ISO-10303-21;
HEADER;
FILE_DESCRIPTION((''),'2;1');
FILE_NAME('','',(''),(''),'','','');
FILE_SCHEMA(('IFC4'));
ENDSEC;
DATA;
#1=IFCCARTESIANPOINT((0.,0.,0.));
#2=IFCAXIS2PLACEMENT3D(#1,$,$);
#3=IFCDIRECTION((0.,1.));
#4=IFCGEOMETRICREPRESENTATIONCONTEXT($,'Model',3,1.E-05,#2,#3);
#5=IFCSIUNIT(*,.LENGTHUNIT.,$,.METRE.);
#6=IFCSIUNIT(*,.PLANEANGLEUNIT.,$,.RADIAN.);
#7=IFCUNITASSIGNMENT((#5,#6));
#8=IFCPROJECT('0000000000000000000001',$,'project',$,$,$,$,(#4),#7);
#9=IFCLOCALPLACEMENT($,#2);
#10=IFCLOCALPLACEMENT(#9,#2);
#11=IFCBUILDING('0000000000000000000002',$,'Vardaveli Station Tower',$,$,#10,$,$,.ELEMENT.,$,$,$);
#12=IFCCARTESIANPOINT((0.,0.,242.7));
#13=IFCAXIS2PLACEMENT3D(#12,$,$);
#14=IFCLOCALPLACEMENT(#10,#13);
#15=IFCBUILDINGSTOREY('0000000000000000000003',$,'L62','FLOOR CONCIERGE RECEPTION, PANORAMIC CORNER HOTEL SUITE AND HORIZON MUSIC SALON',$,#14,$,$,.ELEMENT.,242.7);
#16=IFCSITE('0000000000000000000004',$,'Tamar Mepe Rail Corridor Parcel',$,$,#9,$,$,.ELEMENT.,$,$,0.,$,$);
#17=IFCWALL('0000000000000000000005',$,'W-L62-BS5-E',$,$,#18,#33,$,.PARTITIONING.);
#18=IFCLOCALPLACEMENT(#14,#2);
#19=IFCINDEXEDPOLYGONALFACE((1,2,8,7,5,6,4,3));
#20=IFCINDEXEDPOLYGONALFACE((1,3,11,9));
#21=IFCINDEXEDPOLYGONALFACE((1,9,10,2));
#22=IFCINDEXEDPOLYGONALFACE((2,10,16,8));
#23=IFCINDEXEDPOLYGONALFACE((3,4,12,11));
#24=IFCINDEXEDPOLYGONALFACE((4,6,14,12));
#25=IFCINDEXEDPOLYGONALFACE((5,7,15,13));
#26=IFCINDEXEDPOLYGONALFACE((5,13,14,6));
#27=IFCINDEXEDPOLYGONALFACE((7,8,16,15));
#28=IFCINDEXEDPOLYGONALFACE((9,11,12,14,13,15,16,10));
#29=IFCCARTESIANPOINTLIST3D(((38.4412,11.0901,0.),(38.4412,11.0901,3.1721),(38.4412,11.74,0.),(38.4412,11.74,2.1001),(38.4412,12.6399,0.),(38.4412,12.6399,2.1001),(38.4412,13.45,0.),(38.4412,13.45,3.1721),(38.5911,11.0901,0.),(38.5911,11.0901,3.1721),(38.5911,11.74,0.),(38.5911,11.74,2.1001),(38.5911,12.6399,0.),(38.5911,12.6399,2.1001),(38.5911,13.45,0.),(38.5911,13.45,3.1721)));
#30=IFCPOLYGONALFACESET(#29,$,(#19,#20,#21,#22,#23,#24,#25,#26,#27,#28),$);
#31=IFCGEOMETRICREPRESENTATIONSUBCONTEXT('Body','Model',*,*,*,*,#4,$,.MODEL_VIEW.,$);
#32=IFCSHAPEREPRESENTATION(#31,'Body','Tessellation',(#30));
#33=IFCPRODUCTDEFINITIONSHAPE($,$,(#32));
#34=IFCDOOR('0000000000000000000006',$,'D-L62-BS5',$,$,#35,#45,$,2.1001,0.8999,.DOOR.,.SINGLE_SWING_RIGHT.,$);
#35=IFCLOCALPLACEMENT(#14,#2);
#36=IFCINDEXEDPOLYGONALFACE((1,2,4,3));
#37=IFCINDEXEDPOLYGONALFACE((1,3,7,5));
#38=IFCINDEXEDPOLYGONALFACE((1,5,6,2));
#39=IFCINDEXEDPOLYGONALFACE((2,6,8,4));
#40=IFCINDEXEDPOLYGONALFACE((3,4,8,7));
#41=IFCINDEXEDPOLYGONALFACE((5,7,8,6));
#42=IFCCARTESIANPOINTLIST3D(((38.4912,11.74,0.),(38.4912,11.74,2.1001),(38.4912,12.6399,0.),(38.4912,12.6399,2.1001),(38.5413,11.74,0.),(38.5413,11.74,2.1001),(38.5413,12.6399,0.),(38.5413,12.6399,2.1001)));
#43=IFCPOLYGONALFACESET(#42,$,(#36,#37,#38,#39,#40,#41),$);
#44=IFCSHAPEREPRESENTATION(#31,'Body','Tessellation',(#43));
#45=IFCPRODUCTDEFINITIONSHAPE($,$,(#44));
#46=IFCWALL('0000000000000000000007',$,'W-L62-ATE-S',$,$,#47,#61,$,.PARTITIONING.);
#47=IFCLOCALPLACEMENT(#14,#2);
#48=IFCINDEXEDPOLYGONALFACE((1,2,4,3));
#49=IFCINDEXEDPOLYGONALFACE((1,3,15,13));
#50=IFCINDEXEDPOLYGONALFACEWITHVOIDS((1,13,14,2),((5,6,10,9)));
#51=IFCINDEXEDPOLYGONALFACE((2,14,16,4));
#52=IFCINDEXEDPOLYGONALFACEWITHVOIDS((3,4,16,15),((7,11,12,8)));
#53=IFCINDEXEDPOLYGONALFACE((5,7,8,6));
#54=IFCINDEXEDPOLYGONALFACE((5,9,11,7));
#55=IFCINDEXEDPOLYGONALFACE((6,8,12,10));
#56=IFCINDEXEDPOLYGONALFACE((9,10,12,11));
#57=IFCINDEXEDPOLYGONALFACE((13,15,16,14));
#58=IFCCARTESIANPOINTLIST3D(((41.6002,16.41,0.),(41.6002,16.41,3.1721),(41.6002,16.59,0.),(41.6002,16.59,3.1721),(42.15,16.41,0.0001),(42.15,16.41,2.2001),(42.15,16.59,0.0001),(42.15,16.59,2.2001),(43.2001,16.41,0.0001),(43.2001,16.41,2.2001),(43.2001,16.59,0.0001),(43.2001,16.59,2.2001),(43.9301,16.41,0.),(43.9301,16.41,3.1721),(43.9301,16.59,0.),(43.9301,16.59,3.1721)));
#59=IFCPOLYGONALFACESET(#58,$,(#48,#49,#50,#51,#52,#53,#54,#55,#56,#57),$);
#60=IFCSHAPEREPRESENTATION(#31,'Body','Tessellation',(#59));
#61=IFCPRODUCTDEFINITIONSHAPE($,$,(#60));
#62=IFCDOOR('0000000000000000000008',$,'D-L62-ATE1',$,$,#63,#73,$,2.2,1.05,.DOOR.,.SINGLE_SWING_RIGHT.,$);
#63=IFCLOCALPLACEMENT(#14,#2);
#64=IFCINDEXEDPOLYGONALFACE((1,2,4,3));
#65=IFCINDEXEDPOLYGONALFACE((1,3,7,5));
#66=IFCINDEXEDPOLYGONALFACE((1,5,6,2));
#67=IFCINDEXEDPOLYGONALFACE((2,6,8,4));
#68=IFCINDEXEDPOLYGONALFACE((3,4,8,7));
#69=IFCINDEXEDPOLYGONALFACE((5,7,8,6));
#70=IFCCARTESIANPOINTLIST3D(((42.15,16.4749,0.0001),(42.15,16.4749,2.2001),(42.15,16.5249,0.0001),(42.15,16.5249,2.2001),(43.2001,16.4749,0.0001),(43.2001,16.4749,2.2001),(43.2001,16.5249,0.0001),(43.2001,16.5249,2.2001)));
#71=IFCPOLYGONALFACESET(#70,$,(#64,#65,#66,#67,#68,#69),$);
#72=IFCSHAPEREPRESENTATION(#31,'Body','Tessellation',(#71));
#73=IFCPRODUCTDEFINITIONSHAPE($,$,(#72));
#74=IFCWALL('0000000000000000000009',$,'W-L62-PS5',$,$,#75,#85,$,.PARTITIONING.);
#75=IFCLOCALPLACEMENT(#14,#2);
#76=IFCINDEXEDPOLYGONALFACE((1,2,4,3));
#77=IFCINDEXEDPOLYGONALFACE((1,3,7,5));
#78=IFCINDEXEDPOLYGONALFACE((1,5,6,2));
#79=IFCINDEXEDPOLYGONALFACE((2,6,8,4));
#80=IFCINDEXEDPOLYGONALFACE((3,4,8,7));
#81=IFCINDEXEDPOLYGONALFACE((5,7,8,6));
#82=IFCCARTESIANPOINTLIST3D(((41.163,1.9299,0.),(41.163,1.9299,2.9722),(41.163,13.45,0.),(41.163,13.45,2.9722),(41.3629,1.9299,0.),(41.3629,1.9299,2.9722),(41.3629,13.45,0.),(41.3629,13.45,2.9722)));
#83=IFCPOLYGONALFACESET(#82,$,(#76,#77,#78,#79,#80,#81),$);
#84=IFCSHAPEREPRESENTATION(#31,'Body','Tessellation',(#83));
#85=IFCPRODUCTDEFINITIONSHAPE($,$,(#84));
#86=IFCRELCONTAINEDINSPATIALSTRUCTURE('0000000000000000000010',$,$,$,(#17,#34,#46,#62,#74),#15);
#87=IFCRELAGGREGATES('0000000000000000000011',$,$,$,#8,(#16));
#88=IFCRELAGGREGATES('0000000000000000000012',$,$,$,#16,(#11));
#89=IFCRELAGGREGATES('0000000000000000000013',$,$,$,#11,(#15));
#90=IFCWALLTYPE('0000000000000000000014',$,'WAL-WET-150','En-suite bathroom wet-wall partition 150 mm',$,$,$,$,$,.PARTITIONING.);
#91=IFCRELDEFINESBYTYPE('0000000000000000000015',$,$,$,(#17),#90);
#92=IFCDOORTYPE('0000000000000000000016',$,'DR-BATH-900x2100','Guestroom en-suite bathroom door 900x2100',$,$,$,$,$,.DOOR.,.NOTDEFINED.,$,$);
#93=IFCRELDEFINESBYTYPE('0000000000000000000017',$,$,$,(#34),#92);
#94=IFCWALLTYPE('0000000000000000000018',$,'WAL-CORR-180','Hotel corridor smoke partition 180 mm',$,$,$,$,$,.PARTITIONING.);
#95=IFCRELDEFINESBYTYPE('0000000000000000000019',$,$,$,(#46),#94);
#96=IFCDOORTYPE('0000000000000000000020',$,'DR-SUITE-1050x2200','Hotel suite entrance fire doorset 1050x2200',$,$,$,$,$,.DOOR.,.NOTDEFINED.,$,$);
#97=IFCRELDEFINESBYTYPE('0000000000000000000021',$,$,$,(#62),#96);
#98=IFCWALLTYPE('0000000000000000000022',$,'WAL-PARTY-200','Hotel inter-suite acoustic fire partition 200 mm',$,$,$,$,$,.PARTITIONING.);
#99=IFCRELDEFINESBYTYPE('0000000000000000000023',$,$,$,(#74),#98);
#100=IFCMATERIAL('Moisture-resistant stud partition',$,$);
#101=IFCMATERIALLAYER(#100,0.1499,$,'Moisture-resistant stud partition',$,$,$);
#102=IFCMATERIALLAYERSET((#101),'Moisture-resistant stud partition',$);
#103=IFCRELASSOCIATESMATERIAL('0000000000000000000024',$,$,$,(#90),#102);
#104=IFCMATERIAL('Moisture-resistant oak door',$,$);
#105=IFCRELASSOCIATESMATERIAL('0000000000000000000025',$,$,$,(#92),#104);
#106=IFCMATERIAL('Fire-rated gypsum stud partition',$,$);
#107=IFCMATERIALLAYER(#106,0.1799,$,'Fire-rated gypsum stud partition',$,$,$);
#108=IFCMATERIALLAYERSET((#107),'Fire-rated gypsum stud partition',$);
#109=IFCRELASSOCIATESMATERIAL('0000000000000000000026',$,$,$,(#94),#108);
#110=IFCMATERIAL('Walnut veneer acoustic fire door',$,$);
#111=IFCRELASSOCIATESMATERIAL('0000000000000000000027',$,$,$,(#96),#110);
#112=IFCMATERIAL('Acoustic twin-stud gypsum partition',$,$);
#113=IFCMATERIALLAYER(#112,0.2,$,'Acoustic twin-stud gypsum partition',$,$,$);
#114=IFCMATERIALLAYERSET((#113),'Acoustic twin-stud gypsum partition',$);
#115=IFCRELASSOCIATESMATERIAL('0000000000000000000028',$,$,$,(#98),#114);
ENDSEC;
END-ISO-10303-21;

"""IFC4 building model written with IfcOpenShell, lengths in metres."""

from ifc_helpers import new_model, si_unit, direction, frame, frame_2d, origin, place, context, subcontext, project, spatial, rectangle, extrude, source, transform, mapped, material, layer, layer_set, type_object, element, fill, save


model = new_model("IFC4")

# Units and contexts
model_context = context("Model", 3, precision=1e-05, world=origin(), true_north=direction((0.0, 1.0)))
body_context = subcontext(model_context, "Body", "Model", "MODEL_VIEW")
ifc_project = project(units=[si_unit("LENGTHUNIT", "METRE"), si_unit("PLANEANGLEUNIT", "RADIAN")], contexts=[model_context])

# Site, building, storey
site_placement = place(None, origin())
site = spatial("IfcSite", under=ifc_project, at=site_placement, Name="Tamar Mepe Rail Corridor Parcel", CompositionType="ELEMENT", RefElevation=0.0)
building_placement = place(site_placement, origin())
building = spatial("IfcBuilding", under=site, at=building_placement, Name="Vardaveli Station Tower", CompositionType="ELEMENT")
storey_placement = place(building_placement, frame((0.0, 0.0, 242.7)))
storey = spatial("IfcBuildingStorey", under=building, at=storey_placement, Name="L62", Description="FLOOR CONCIERGE RECEPTION, PANORAMIC CORNER HOTEL SUITE AND HORIZON MUSIC SALON", CompositionType="ELEMENT", Elevation=242.7)

# Walls, openings, doors
ifc_material_1 = material(Name="Moisture-resistant stud partition")
ifc_layer_1 = layer(ifc_material_1, 0.1499, Name="Moisture-resistant stud partition")
ifc_layer_set_1 = layer_set([ifc_layer_1], Name="Moisture-resistant stud partition")
wall_type_1 = type_object("IfcWallType", Name="WAL-WET-150", Description="En-suite bathroom wet-wall partition 150 mm", PredefinedType="PARTITIONING", material=ifc_layer_set_1)
shared_shape_1 = source(origin(), body_context, "Body", "SweptSolid", [
    extrude(rectangle(XDim=2.3599, YDim=0.1499, at=frame_2d((1.1799, 0.0))), origin(), (0.0, 0.0, 1.0), 3.1721),
])
wall_1_placement = place(storey_placement, frame((38.5161, 11.0901, 0.0), z_axis=(0.0, 0.0, 1.0), x_axis=(0.0, 1.0, 0.0)))
wall_1 = element("IfcWall", 1, at=wall_1_placement, inside=storey, type_object=wall_type_1, Name="W-L62-BS5-E", PredefinedType="PARTITIONING", context=body_context, shape_type="MappedRepresentation", body=[
    mapped(shared_shape_1, transform((0.0, 0.0, 0.0), scale=1.0)),
])
shared_shape_2 = source(origin(), body_context, "Body", "SweptSolid", [
    extrude(rectangle(XDim=0.8999, YDim=2.1001, at=frame_2d((0.45, 1.05))), frame((0.0, 0.085, 0.0), z_axis=(0.0, -1.0, 0.0), x_axis=(1.0, 0.0, 0.0)), (0.0, 0.0, 1.0), 0.1699),
])
opening_1_placement = place(wall_1_placement, frame((0.6499, 0.0, 0.0)))
opening_1 = element("IfcOpeningElement", 2, at=opening_1_placement, cuts=wall_1, PredefinedType="OPENING", context=body_context, shape_type="MappedRepresentation", body=[
    mapped(shared_shape_2, transform((0.0, 0.0, 0.0), scale=1.0)),
])
ifc_material_2 = material(Name="Moisture-resistant oak door")
door_type_1 = type_object("IfcDoorType", Name="DR-BATH-900x2100", Description="Guestroom en-suite bathroom door 900x2100", OperationType="NOTDEFINED", PredefinedType="DOOR", material=ifc_material_2)
shared_shape_3 = source(origin(), body_context, "Body", "SweptSolid", [
    extrude(rectangle(XDim=0.8999, YDim=2.1001, at=frame_2d((0.45, 1.05))), frame((0.0, 0.0249, 0.0), z_axis=(0.0, -1.0, 0.0), x_axis=(1.0, 0.0, 0.0)), (0.0, 0.0, 1.0), 0.05),
])
door_1_placement = place(opening_1_placement, origin())
door_1 = element("IfcDoor", 3, at=door_1_placement, inside=storey, type_object=door_type_1, Name="D-L62-BS5", OperationType="SINGLE_SWING_RIGHT", OverallHeight=2.1001, OverallWidth=0.8999, PredefinedType="DOOR", context=body_context, shape_type="MappedRepresentation", body=[
    mapped(shared_shape_3, transform((0.0, 0.0, 0.0), scale=1.0)),
])
fill(opening_1, door_1)
ifc_material_3 = material(Name="Fire-rated gypsum stud partition")
ifc_layer_2 = layer(ifc_material_3, 0.1799, Name="Fire-rated gypsum stud partition")
ifc_layer_set_2 = layer_set([ifc_layer_2], Name="Fire-rated gypsum stud partition")
wall_type_2 = type_object("IfcWallType", Name="WAL-CORR-180", Description="Hotel corridor smoke partition 180 mm", PredefinedType="PARTITIONING", material=ifc_layer_set_2)
shared_shape_4 = source(origin(), body_context, "Body", "SweptSolid", [
    extrude(rectangle(XDim=2.3298, YDim=0.1799, at=frame_2d((1.165, 0.0))), origin(), (0.0, 0.0, 1.0), 3.1721),
])
wall_2_placement = place(storey_placement, frame((41.6001, 16.5, 0.0), z_axis=(0.0, 0.0, 1.0), x_axis=(1.0, 0.0, 0.0)))
wall_2 = element("IfcWall", 4, at=wall_2_placement, inside=storey, type_object=wall_type_2, Name="W-L62-ATE-S", PredefinedType="PARTITIONING", context=body_context, shape_type="MappedRepresentation", body=[
    mapped(shared_shape_4, transform((0.0, 0.0, 0.0), scale=1.0)),
])
shared_shape_5 = source(origin(), body_context, "Body", "SweptSolid", [
    extrude(rectangle(XDim=1.05, YDim=2.2, at=frame_2d((0.5249, 1.1001))), frame((0.0, 0.1001, 0.0), z_axis=(0.0, -1.0, 0.0), x_axis=(1.0, 0.0, 0.0)), (0.0, 0.0, 1.0), 0.2),
])
opening_2_placement = place(wall_2_placement, frame((0.55, 0.0, 0.0)))
opening_2 = element("IfcOpeningElement", 5, at=opening_2_placement, cuts=wall_2, PredefinedType="OPENING", context=body_context, shape_type="MappedRepresentation", body=[
    mapped(shared_shape_5, transform((0.0, 0.0, 0.0), scale=1.0)),
])
ifc_material_4 = material(Name="Walnut veneer acoustic fire door")
door_type_2 = type_object("IfcDoorType", Name="DR-SUITE-1050x2200", Description="Hotel suite entrance fire doorset 1050x2200", OperationType="NOTDEFINED", PredefinedType="DOOR", material=ifc_material_4)
shared_shape_6 = source(origin(), body_context, "Body", "SweptSolid", [
    extrude(rectangle(XDim=1.05, YDim=2.2, at=frame_2d((0.5249, 1.1001))), frame((0.0, 0.0249, 0.0), z_axis=(0.0, -1.0, 0.0), x_axis=(1.0, 0.0, 0.0)), (0.0, 0.0, 1.0), 0.05),
])
door_2_placement = place(opening_2_placement, origin())
door_2 = element("IfcDoor", 6, at=door_2_placement, inside=storey, type_object=door_type_2, Name="D-L62-ATE1", OperationType="SINGLE_SWING_RIGHT", OverallHeight=2.2, OverallWidth=1.05, PredefinedType="DOOR", context=body_context, shape_type="MappedRepresentation", body=[
    mapped(shared_shape_6, transform((0.0, 0.0, 0.0), scale=1.0)),
])
fill(opening_2, door_2)

# Wall
ifc_material_5 = material(Name="Acoustic twin-stud gypsum partition")
ifc_layer_3 = layer(ifc_material_5, 0.2, Name="Acoustic twin-stud gypsum partition")
ifc_layer_set_3 = layer_set([ifc_layer_3], Name="Acoustic twin-stud gypsum partition")
wall_type_3 = type_object("IfcWallType", Name="WAL-PARTY-200", Description="Hotel inter-suite acoustic fire partition 200 mm", PredefinedType="PARTITIONING", material=ifc_layer_set_3)
shared_shape_7 = source(origin(), body_context, "Body", "SweptSolid", [
    extrude(rectangle(XDim=11.52, YDim=0.2, at=frame_2d((5.76, 0.0))), origin(), (0.0, 0.0, 1.0), 2.9722),
])
wall_3_placement = place(storey_placement, frame((41.2629, 1.9299, 0.0), z_axis=(0.0, 0.0, 1.0), x_axis=(0.0, 1.0, 0.0)))
element("IfcWall", 7, at=wall_3_placement, inside=storey, type_object=wall_type_3, Name="W-L62-PS5", PredefinedType="PARTITIONING", context=body_context, shape_type="MappedRepresentation", body=[
    mapped(shared_shape_7, transform((0.0, 0.0, 0.0), scale=1.0)),
])

save(model, "model.ifc")
